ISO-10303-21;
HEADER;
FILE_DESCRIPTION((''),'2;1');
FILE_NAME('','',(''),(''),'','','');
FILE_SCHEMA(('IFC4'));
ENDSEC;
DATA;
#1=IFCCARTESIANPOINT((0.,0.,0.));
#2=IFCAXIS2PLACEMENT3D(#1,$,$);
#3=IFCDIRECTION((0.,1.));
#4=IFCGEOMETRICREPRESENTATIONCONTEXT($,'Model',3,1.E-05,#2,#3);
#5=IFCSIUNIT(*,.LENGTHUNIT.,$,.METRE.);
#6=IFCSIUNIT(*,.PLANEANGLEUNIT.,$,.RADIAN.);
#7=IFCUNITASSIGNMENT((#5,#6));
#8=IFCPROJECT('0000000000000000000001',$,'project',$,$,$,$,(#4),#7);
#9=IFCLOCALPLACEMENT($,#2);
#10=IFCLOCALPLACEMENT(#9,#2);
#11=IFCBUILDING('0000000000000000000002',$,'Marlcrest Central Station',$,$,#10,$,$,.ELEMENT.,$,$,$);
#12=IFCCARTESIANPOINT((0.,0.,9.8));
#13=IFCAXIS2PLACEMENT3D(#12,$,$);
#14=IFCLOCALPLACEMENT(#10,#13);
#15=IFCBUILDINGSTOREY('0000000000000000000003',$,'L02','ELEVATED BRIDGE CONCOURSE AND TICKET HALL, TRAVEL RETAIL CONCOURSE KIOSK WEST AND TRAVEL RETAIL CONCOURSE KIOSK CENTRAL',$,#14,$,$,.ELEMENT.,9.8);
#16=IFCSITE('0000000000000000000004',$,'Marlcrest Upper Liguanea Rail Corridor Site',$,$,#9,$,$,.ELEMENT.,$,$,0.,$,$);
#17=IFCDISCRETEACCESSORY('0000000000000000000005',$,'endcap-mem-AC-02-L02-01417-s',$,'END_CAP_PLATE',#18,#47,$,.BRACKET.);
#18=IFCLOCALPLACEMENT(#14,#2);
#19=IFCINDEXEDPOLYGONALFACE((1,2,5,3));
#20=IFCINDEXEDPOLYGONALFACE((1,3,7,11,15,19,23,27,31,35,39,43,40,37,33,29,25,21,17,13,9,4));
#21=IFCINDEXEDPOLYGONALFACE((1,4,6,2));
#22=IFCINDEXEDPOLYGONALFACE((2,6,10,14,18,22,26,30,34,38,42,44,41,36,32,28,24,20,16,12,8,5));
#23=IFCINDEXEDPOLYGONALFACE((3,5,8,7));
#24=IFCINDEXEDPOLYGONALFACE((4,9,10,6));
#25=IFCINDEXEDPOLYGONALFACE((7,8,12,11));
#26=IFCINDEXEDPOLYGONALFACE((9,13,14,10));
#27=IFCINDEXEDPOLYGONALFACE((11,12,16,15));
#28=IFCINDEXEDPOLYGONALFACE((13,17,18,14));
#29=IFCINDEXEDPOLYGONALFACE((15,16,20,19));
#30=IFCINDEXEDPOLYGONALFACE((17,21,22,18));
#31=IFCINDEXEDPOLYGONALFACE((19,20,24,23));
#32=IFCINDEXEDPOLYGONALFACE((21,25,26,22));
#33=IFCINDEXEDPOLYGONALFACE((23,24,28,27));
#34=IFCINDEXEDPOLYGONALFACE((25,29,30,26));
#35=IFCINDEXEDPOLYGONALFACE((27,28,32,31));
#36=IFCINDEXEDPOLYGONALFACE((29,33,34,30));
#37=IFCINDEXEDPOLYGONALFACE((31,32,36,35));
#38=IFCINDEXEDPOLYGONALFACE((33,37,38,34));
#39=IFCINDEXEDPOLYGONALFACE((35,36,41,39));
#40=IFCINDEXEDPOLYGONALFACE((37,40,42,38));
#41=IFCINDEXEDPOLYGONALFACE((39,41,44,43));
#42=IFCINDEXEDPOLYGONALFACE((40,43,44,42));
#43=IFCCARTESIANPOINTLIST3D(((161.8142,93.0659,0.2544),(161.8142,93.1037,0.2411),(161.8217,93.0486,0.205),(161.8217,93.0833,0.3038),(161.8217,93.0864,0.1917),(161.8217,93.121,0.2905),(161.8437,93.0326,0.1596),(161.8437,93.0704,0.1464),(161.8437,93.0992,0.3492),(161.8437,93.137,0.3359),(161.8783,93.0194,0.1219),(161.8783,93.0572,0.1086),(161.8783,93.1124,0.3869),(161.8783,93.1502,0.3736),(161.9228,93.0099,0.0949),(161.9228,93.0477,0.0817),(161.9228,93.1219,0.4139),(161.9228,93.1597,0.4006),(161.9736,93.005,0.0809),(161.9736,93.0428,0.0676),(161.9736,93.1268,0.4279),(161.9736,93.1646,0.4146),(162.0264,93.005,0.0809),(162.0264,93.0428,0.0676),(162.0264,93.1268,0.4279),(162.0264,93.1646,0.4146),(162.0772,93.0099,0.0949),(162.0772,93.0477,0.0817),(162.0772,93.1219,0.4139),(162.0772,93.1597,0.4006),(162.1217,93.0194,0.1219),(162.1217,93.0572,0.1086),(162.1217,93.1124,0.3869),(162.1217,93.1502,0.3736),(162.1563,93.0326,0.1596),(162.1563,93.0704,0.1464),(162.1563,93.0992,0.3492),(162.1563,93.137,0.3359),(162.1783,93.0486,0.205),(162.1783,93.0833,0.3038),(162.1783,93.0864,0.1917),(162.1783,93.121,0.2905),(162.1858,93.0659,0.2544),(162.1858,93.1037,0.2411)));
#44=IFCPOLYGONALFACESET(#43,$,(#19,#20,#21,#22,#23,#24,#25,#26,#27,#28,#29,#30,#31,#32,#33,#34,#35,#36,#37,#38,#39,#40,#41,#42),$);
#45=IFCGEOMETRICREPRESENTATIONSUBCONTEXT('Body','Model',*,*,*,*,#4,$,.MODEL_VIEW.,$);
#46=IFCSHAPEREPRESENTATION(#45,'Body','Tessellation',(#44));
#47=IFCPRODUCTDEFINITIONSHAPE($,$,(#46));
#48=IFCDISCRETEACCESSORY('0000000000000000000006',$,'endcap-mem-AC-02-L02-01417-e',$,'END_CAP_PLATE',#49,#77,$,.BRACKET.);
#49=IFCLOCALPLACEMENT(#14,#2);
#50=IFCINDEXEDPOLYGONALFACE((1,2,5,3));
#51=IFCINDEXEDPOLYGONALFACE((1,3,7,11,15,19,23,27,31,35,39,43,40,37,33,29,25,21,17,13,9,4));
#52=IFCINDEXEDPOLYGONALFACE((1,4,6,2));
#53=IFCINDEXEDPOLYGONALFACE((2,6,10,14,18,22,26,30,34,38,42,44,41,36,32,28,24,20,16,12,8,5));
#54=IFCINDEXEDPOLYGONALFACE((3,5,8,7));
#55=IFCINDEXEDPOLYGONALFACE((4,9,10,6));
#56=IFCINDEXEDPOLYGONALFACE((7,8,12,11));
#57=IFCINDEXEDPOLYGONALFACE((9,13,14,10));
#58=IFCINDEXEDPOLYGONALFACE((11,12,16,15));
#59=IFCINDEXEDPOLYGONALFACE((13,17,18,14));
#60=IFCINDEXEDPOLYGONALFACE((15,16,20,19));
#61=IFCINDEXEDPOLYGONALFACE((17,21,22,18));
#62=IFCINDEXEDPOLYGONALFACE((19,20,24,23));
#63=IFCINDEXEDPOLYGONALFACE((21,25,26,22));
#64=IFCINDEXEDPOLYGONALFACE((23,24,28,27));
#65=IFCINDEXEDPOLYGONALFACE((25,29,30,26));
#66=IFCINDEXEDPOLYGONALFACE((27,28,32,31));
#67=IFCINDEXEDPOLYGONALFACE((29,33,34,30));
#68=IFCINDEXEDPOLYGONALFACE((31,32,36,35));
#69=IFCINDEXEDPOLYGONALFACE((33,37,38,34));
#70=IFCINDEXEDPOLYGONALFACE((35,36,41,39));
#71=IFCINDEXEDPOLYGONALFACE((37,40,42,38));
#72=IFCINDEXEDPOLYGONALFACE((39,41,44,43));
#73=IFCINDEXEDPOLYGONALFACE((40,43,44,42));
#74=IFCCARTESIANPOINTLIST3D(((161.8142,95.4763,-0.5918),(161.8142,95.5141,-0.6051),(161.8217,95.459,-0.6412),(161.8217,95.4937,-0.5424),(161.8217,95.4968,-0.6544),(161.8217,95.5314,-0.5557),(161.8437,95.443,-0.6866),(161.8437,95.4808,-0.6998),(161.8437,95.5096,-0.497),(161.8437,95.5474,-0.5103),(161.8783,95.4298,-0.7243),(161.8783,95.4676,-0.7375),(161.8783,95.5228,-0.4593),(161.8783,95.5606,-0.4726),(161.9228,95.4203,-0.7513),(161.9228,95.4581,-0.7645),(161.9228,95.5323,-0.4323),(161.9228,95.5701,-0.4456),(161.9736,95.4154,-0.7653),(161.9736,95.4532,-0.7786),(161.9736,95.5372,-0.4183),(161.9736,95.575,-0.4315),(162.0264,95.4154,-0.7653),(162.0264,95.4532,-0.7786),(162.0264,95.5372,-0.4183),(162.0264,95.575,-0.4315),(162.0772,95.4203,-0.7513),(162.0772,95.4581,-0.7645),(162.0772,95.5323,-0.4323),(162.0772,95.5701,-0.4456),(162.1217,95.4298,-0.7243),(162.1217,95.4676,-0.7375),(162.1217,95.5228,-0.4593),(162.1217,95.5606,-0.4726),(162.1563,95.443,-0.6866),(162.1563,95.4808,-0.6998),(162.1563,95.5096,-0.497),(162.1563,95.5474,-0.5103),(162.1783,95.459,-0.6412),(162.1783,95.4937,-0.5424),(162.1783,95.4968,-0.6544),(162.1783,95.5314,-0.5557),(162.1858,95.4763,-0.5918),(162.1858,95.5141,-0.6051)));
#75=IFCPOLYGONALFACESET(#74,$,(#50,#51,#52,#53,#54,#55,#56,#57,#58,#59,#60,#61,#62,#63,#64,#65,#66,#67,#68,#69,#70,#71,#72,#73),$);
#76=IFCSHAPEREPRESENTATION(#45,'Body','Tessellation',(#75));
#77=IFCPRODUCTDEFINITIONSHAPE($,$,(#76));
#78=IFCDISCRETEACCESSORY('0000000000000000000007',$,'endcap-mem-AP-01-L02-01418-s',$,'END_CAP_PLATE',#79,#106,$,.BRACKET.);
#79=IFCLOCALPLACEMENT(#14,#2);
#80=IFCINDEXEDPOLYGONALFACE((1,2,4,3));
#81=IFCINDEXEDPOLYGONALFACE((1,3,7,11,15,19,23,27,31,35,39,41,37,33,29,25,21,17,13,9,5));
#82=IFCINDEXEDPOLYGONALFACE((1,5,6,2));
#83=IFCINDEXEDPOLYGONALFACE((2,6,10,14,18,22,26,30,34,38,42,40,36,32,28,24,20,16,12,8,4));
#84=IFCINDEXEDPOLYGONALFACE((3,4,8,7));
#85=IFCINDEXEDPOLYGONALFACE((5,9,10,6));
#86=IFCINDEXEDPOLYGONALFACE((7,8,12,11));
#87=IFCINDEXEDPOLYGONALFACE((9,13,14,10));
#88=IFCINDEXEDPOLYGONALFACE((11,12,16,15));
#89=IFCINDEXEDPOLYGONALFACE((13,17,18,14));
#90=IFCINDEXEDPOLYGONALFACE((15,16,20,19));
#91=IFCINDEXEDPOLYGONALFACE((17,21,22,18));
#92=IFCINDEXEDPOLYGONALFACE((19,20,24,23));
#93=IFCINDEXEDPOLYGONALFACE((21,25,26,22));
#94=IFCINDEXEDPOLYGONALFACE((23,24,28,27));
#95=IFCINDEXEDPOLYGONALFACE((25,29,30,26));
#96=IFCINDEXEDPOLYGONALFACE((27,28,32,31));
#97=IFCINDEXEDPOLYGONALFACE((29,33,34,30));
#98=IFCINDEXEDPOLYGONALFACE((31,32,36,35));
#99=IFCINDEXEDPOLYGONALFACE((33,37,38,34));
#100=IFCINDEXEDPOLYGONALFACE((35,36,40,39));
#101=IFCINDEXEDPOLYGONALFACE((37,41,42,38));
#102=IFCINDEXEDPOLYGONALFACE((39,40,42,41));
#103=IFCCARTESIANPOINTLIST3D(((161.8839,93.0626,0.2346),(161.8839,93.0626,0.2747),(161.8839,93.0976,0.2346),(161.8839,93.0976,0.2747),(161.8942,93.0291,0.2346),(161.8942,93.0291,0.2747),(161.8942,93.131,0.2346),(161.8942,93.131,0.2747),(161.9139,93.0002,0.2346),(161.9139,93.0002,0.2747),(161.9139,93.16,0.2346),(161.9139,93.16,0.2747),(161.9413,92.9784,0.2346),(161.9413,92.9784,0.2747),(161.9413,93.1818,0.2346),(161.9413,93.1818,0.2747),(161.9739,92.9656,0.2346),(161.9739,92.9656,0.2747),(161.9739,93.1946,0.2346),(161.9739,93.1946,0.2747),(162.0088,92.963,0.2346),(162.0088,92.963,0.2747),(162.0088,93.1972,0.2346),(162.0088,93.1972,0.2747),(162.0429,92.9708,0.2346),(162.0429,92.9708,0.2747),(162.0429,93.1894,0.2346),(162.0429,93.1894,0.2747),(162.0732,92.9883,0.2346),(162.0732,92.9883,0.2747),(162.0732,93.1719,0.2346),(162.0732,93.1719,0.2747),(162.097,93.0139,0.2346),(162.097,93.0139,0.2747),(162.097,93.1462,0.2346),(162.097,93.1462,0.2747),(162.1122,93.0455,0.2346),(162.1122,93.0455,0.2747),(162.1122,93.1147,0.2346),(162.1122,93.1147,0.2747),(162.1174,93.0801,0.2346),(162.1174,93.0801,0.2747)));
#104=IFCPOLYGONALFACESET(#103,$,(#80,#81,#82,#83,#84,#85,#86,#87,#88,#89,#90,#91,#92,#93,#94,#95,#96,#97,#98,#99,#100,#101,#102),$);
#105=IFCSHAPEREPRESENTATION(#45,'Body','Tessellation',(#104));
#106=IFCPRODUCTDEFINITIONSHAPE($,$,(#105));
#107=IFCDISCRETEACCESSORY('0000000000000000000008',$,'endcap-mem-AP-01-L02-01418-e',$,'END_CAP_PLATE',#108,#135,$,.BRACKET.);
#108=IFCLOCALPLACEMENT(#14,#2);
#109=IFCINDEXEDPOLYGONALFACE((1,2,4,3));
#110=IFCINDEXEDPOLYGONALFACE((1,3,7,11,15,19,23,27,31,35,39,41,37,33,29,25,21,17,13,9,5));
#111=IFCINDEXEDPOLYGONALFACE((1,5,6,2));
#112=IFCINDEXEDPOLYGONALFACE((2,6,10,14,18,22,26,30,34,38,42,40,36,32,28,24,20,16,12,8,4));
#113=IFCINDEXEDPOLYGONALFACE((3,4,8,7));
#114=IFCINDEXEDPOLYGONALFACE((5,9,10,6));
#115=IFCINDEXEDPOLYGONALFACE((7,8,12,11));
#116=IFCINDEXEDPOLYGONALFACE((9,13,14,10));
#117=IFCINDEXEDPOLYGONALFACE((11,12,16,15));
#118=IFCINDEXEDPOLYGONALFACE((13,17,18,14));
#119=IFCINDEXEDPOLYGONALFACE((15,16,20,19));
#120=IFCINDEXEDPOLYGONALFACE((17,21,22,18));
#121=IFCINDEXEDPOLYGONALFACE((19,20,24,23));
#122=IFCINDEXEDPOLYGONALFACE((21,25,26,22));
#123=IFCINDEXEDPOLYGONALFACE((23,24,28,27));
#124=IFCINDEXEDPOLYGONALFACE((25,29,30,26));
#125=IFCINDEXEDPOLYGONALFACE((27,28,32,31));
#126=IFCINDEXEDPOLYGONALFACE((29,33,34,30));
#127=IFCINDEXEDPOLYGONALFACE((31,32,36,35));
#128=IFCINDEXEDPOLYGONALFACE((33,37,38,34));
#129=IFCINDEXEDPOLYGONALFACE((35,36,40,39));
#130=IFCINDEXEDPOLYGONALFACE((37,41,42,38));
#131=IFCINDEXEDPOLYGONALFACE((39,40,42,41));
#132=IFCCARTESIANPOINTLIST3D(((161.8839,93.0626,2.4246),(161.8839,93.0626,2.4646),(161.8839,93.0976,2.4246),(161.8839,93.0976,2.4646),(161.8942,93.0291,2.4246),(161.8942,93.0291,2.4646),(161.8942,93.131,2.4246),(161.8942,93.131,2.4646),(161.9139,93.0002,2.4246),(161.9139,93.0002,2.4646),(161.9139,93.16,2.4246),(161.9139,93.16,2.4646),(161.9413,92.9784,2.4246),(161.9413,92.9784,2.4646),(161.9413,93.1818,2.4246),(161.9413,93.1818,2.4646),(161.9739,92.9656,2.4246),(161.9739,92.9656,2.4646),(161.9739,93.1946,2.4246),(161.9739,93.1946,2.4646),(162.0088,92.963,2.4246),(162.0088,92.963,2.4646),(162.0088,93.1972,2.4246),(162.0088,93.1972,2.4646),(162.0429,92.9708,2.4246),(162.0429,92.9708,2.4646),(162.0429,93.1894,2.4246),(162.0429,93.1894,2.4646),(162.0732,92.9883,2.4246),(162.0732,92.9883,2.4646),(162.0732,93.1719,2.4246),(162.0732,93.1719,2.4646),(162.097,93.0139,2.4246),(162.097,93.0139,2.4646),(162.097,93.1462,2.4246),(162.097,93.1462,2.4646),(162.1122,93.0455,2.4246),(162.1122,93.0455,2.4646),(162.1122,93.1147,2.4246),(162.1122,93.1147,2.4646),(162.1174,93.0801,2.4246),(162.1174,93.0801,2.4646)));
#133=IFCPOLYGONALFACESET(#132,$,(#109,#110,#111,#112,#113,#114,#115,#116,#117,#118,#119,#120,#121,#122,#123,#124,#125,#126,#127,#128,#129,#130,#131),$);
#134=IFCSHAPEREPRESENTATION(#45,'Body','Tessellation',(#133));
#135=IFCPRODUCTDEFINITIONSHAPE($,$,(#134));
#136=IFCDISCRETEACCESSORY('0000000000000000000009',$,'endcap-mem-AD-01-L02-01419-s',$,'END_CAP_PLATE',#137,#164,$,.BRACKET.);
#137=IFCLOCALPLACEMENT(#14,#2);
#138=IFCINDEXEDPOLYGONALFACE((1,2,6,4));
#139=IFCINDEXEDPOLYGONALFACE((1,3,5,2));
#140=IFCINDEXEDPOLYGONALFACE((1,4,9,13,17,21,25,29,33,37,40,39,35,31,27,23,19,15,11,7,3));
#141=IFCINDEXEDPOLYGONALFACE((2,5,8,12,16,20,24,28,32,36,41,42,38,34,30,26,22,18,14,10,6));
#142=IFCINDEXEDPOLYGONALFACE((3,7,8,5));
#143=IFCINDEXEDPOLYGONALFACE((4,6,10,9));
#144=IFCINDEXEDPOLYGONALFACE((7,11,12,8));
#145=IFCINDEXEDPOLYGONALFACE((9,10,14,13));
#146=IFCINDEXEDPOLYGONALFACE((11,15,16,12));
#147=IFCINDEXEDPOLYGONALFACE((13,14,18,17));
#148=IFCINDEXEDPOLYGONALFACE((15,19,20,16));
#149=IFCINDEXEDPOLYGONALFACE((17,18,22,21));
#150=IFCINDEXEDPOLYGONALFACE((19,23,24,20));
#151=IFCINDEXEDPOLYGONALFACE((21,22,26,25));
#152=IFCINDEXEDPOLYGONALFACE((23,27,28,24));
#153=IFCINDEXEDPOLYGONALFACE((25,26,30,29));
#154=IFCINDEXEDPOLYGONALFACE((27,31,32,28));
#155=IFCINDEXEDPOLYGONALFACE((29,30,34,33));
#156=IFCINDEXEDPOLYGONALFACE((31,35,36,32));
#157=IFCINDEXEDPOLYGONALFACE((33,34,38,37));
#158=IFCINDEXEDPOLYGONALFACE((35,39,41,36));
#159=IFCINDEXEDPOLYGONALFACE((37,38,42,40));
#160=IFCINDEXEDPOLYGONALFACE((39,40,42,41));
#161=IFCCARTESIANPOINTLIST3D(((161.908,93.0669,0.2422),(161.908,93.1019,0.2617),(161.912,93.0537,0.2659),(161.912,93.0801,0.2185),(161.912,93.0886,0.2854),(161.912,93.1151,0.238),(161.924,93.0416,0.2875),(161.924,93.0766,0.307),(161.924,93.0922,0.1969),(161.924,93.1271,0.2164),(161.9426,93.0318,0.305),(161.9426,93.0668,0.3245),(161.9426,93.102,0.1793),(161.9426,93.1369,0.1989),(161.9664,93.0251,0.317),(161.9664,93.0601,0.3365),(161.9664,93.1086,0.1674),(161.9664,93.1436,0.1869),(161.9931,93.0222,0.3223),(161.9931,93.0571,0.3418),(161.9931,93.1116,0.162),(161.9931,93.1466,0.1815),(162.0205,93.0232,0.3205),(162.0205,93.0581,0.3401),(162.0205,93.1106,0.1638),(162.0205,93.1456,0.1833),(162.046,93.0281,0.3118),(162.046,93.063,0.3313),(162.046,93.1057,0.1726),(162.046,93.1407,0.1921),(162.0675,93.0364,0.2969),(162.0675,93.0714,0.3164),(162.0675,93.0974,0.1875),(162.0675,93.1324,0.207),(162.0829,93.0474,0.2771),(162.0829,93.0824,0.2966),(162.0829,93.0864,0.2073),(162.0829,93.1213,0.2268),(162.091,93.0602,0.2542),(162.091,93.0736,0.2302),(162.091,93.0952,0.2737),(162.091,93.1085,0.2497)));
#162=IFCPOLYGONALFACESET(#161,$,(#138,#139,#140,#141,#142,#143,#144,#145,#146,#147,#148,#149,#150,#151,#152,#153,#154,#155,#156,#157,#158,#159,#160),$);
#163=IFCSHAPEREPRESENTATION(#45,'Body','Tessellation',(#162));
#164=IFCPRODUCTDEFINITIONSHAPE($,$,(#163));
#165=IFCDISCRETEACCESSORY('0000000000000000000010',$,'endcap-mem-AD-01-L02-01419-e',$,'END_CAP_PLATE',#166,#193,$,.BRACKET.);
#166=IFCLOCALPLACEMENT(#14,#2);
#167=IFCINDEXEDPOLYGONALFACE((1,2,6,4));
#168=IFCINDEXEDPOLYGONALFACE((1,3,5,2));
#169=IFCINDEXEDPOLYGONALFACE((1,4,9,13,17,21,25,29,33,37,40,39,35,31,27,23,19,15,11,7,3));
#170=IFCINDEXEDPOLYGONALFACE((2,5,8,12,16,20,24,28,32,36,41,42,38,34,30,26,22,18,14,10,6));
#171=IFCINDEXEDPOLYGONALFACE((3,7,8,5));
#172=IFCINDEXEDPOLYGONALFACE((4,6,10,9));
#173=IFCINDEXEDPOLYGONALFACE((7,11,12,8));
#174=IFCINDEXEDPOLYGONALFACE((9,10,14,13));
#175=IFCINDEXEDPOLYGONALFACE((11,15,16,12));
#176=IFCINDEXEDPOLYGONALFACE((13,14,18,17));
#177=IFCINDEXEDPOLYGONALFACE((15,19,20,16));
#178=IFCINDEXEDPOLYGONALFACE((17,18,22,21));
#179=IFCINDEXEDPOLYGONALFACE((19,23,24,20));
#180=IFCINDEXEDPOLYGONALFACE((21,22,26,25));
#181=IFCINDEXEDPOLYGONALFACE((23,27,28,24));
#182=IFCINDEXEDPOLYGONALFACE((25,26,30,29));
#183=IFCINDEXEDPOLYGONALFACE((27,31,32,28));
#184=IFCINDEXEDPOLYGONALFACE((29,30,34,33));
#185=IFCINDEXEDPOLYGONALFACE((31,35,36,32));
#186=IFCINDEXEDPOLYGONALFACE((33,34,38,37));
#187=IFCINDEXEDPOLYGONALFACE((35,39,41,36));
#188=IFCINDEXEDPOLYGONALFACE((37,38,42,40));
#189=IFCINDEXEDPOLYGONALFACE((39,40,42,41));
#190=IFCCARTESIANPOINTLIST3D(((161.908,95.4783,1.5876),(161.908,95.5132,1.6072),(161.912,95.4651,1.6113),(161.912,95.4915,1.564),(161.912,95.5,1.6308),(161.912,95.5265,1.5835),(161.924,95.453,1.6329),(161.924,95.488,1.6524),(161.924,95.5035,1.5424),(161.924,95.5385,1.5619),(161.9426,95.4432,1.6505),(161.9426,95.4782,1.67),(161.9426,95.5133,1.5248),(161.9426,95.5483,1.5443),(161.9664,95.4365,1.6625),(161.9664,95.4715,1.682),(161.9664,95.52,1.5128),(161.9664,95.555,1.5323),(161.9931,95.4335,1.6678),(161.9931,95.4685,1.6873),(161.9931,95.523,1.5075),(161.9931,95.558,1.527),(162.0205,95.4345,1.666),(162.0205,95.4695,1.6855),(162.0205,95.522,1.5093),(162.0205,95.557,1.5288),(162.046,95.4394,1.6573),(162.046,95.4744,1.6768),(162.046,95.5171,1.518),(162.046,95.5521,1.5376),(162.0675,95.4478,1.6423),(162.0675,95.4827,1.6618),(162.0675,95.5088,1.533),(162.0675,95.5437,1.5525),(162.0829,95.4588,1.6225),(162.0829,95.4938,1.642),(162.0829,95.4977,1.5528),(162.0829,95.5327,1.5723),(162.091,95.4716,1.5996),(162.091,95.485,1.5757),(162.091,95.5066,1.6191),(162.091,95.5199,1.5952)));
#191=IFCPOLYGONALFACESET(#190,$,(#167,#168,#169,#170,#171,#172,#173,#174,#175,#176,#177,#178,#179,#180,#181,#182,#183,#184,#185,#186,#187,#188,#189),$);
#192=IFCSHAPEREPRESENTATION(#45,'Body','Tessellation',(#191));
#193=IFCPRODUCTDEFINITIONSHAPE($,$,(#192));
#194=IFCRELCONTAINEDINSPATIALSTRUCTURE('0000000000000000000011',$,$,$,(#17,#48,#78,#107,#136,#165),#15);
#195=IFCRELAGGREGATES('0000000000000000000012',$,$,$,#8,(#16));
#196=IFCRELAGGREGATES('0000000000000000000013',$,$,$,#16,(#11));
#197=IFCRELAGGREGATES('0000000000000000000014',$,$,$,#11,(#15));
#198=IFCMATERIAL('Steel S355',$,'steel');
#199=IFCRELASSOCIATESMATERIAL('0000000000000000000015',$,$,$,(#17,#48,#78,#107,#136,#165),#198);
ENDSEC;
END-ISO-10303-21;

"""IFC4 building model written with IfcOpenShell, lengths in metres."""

from ifc_helpers import new_model, si_unit, direction, frame, origin, origin_2d, place, context, subcontext, project, spatial, circle, extrude, material, element, save


model = new_model("IFC4")

# Units and contexts
model_context = context("Model", 3, precision=1e-05, world=origin(), true_north=direction((0.0, 1.0)))
body_context = subcontext(model_context, "Body", "Model", "MODEL_VIEW")
ifc_project = project(units=[si_unit("LENGTHUNIT", "METRE"), si_unit("PLANEANGLEUNIT", "RADIAN")], contexts=[model_context])

# Site, building, storey
site_placement = place(None, origin())
site = spatial("IfcSite", under=ifc_project, at=site_placement, Name="Marlcrest Upper Liguanea Rail Corridor Site", CompositionType="ELEMENT", RefElevation=0.0)
building_placement = place(site_placement, origin())
building = spatial("IfcBuilding", under=site, at=building_placement, Name="Marlcrest Central Station", CompositionType="ELEMENT")
storey_placement = place(building_placement, frame((0.0, 0.0, 9.8)))
storey = spatial("IfcBuildingStorey", under=building, at=storey_placement, Name="L02", Description="ELEVATED BRIDGE CONCOURSE AND TICKET HALL, TRAVEL RETAIL CONCOURSE KIOSK WEST AND TRAVEL RETAIL CONCOURSE KIOSK CENTRAL", CompositionType="ELEMENT", Elevation=9.8)

# Shared definitions
ifc_material_1 = material(Name="Steel S355", Category="steel")

# Discrete accessories
for number, where, z_axis, x_axis, name in (
    (1, (162.0, 93.0659, 0.2544), (0.0, 0.943537, -0.331266), (-1.0, 0.0, 0.0), "endcap-mem-AC-02-L02-01417-s"),
    (2, (162.0, 95.4763, -0.5918), (0.0, 0.943537, -0.331266), (-1.0, 0.0, 0.0), "endcap-mem-AC-02-L02-01417-e"),
):
    element("IfcDiscreteAccessory", number, at=place(storey_placement, frame(where, z_axis=z_axis, x_axis=x_axis)), inside=storey, material=ifc_material_1, Name=name, ObjectType="END_CAP_PLATE", PredefinedType="BRACKET", context=body_context, shape_type="SweptSolid", body=[
        extrude(circle(Radius=0.1858, at=origin_2d()), origin(), (0.0, 0.0, 1.0), 0.04),
    ])
for number, where, z_axis, x_axis, name in (
    (3, (162.0, 93.0801, 0.2346), (0.0, 0.0, 1.0), (1.0, 0.0, 0.0), "endcap-mem-AP-01-L02-01418-s"),
    (4, (162.0, 93.0801, 2.4246), (0.0, 0.0, 1.0), (1.0, 0.0, 0.0), "endcap-mem-AP-01-L02-01418-e"),
):
    element("IfcDiscreteAccessory", number, at=place(storey_placement, frame(where, z_axis=z_axis, x_axis=x_axis)), inside=storey, material=ifc_material_1, Name=name, ObjectType="END_CAP_PLATE", PredefinedType="BRACKET", context=body_context, shape_type="SweptSolid", body=[
        extrude(circle(Radius=0.1174, at=origin_2d()), origin(), (0.0, 0.0, 1.0), 0.04),
    ])
for number, where, z_axis, x_axis, name in (
    (5, (162.0, 93.0669, 0.2422), (0.0, 0.873246, 0.48728), (-1.0, 0.0, 0.0), "endcap-mem-AD-01-L02-01419-s"),
    (6, (162.0, 95.4783, 1.5876), (0.0, 0.873246, 0.48728), (-1.0, 0.0, 0.0), "endcap-mem-AD-01-L02-01419-e"),
):
    element("IfcDiscreteAccessory", number, at=place(storey_placement, frame(where, z_axis=z_axis, x_axis=x_axis)), inside=storey, material=ifc_material_1, Name=name, ObjectType="END_CAP_PLATE", PredefinedType="BRACKET", context=body_context, shape_type="SweptSolid", body=[
        extrude(circle(Radius=0.092, at=origin_2d()), origin(), (0.0, 0.0, 1.0), 0.04),
    ])

save(model, "model.ifc")
